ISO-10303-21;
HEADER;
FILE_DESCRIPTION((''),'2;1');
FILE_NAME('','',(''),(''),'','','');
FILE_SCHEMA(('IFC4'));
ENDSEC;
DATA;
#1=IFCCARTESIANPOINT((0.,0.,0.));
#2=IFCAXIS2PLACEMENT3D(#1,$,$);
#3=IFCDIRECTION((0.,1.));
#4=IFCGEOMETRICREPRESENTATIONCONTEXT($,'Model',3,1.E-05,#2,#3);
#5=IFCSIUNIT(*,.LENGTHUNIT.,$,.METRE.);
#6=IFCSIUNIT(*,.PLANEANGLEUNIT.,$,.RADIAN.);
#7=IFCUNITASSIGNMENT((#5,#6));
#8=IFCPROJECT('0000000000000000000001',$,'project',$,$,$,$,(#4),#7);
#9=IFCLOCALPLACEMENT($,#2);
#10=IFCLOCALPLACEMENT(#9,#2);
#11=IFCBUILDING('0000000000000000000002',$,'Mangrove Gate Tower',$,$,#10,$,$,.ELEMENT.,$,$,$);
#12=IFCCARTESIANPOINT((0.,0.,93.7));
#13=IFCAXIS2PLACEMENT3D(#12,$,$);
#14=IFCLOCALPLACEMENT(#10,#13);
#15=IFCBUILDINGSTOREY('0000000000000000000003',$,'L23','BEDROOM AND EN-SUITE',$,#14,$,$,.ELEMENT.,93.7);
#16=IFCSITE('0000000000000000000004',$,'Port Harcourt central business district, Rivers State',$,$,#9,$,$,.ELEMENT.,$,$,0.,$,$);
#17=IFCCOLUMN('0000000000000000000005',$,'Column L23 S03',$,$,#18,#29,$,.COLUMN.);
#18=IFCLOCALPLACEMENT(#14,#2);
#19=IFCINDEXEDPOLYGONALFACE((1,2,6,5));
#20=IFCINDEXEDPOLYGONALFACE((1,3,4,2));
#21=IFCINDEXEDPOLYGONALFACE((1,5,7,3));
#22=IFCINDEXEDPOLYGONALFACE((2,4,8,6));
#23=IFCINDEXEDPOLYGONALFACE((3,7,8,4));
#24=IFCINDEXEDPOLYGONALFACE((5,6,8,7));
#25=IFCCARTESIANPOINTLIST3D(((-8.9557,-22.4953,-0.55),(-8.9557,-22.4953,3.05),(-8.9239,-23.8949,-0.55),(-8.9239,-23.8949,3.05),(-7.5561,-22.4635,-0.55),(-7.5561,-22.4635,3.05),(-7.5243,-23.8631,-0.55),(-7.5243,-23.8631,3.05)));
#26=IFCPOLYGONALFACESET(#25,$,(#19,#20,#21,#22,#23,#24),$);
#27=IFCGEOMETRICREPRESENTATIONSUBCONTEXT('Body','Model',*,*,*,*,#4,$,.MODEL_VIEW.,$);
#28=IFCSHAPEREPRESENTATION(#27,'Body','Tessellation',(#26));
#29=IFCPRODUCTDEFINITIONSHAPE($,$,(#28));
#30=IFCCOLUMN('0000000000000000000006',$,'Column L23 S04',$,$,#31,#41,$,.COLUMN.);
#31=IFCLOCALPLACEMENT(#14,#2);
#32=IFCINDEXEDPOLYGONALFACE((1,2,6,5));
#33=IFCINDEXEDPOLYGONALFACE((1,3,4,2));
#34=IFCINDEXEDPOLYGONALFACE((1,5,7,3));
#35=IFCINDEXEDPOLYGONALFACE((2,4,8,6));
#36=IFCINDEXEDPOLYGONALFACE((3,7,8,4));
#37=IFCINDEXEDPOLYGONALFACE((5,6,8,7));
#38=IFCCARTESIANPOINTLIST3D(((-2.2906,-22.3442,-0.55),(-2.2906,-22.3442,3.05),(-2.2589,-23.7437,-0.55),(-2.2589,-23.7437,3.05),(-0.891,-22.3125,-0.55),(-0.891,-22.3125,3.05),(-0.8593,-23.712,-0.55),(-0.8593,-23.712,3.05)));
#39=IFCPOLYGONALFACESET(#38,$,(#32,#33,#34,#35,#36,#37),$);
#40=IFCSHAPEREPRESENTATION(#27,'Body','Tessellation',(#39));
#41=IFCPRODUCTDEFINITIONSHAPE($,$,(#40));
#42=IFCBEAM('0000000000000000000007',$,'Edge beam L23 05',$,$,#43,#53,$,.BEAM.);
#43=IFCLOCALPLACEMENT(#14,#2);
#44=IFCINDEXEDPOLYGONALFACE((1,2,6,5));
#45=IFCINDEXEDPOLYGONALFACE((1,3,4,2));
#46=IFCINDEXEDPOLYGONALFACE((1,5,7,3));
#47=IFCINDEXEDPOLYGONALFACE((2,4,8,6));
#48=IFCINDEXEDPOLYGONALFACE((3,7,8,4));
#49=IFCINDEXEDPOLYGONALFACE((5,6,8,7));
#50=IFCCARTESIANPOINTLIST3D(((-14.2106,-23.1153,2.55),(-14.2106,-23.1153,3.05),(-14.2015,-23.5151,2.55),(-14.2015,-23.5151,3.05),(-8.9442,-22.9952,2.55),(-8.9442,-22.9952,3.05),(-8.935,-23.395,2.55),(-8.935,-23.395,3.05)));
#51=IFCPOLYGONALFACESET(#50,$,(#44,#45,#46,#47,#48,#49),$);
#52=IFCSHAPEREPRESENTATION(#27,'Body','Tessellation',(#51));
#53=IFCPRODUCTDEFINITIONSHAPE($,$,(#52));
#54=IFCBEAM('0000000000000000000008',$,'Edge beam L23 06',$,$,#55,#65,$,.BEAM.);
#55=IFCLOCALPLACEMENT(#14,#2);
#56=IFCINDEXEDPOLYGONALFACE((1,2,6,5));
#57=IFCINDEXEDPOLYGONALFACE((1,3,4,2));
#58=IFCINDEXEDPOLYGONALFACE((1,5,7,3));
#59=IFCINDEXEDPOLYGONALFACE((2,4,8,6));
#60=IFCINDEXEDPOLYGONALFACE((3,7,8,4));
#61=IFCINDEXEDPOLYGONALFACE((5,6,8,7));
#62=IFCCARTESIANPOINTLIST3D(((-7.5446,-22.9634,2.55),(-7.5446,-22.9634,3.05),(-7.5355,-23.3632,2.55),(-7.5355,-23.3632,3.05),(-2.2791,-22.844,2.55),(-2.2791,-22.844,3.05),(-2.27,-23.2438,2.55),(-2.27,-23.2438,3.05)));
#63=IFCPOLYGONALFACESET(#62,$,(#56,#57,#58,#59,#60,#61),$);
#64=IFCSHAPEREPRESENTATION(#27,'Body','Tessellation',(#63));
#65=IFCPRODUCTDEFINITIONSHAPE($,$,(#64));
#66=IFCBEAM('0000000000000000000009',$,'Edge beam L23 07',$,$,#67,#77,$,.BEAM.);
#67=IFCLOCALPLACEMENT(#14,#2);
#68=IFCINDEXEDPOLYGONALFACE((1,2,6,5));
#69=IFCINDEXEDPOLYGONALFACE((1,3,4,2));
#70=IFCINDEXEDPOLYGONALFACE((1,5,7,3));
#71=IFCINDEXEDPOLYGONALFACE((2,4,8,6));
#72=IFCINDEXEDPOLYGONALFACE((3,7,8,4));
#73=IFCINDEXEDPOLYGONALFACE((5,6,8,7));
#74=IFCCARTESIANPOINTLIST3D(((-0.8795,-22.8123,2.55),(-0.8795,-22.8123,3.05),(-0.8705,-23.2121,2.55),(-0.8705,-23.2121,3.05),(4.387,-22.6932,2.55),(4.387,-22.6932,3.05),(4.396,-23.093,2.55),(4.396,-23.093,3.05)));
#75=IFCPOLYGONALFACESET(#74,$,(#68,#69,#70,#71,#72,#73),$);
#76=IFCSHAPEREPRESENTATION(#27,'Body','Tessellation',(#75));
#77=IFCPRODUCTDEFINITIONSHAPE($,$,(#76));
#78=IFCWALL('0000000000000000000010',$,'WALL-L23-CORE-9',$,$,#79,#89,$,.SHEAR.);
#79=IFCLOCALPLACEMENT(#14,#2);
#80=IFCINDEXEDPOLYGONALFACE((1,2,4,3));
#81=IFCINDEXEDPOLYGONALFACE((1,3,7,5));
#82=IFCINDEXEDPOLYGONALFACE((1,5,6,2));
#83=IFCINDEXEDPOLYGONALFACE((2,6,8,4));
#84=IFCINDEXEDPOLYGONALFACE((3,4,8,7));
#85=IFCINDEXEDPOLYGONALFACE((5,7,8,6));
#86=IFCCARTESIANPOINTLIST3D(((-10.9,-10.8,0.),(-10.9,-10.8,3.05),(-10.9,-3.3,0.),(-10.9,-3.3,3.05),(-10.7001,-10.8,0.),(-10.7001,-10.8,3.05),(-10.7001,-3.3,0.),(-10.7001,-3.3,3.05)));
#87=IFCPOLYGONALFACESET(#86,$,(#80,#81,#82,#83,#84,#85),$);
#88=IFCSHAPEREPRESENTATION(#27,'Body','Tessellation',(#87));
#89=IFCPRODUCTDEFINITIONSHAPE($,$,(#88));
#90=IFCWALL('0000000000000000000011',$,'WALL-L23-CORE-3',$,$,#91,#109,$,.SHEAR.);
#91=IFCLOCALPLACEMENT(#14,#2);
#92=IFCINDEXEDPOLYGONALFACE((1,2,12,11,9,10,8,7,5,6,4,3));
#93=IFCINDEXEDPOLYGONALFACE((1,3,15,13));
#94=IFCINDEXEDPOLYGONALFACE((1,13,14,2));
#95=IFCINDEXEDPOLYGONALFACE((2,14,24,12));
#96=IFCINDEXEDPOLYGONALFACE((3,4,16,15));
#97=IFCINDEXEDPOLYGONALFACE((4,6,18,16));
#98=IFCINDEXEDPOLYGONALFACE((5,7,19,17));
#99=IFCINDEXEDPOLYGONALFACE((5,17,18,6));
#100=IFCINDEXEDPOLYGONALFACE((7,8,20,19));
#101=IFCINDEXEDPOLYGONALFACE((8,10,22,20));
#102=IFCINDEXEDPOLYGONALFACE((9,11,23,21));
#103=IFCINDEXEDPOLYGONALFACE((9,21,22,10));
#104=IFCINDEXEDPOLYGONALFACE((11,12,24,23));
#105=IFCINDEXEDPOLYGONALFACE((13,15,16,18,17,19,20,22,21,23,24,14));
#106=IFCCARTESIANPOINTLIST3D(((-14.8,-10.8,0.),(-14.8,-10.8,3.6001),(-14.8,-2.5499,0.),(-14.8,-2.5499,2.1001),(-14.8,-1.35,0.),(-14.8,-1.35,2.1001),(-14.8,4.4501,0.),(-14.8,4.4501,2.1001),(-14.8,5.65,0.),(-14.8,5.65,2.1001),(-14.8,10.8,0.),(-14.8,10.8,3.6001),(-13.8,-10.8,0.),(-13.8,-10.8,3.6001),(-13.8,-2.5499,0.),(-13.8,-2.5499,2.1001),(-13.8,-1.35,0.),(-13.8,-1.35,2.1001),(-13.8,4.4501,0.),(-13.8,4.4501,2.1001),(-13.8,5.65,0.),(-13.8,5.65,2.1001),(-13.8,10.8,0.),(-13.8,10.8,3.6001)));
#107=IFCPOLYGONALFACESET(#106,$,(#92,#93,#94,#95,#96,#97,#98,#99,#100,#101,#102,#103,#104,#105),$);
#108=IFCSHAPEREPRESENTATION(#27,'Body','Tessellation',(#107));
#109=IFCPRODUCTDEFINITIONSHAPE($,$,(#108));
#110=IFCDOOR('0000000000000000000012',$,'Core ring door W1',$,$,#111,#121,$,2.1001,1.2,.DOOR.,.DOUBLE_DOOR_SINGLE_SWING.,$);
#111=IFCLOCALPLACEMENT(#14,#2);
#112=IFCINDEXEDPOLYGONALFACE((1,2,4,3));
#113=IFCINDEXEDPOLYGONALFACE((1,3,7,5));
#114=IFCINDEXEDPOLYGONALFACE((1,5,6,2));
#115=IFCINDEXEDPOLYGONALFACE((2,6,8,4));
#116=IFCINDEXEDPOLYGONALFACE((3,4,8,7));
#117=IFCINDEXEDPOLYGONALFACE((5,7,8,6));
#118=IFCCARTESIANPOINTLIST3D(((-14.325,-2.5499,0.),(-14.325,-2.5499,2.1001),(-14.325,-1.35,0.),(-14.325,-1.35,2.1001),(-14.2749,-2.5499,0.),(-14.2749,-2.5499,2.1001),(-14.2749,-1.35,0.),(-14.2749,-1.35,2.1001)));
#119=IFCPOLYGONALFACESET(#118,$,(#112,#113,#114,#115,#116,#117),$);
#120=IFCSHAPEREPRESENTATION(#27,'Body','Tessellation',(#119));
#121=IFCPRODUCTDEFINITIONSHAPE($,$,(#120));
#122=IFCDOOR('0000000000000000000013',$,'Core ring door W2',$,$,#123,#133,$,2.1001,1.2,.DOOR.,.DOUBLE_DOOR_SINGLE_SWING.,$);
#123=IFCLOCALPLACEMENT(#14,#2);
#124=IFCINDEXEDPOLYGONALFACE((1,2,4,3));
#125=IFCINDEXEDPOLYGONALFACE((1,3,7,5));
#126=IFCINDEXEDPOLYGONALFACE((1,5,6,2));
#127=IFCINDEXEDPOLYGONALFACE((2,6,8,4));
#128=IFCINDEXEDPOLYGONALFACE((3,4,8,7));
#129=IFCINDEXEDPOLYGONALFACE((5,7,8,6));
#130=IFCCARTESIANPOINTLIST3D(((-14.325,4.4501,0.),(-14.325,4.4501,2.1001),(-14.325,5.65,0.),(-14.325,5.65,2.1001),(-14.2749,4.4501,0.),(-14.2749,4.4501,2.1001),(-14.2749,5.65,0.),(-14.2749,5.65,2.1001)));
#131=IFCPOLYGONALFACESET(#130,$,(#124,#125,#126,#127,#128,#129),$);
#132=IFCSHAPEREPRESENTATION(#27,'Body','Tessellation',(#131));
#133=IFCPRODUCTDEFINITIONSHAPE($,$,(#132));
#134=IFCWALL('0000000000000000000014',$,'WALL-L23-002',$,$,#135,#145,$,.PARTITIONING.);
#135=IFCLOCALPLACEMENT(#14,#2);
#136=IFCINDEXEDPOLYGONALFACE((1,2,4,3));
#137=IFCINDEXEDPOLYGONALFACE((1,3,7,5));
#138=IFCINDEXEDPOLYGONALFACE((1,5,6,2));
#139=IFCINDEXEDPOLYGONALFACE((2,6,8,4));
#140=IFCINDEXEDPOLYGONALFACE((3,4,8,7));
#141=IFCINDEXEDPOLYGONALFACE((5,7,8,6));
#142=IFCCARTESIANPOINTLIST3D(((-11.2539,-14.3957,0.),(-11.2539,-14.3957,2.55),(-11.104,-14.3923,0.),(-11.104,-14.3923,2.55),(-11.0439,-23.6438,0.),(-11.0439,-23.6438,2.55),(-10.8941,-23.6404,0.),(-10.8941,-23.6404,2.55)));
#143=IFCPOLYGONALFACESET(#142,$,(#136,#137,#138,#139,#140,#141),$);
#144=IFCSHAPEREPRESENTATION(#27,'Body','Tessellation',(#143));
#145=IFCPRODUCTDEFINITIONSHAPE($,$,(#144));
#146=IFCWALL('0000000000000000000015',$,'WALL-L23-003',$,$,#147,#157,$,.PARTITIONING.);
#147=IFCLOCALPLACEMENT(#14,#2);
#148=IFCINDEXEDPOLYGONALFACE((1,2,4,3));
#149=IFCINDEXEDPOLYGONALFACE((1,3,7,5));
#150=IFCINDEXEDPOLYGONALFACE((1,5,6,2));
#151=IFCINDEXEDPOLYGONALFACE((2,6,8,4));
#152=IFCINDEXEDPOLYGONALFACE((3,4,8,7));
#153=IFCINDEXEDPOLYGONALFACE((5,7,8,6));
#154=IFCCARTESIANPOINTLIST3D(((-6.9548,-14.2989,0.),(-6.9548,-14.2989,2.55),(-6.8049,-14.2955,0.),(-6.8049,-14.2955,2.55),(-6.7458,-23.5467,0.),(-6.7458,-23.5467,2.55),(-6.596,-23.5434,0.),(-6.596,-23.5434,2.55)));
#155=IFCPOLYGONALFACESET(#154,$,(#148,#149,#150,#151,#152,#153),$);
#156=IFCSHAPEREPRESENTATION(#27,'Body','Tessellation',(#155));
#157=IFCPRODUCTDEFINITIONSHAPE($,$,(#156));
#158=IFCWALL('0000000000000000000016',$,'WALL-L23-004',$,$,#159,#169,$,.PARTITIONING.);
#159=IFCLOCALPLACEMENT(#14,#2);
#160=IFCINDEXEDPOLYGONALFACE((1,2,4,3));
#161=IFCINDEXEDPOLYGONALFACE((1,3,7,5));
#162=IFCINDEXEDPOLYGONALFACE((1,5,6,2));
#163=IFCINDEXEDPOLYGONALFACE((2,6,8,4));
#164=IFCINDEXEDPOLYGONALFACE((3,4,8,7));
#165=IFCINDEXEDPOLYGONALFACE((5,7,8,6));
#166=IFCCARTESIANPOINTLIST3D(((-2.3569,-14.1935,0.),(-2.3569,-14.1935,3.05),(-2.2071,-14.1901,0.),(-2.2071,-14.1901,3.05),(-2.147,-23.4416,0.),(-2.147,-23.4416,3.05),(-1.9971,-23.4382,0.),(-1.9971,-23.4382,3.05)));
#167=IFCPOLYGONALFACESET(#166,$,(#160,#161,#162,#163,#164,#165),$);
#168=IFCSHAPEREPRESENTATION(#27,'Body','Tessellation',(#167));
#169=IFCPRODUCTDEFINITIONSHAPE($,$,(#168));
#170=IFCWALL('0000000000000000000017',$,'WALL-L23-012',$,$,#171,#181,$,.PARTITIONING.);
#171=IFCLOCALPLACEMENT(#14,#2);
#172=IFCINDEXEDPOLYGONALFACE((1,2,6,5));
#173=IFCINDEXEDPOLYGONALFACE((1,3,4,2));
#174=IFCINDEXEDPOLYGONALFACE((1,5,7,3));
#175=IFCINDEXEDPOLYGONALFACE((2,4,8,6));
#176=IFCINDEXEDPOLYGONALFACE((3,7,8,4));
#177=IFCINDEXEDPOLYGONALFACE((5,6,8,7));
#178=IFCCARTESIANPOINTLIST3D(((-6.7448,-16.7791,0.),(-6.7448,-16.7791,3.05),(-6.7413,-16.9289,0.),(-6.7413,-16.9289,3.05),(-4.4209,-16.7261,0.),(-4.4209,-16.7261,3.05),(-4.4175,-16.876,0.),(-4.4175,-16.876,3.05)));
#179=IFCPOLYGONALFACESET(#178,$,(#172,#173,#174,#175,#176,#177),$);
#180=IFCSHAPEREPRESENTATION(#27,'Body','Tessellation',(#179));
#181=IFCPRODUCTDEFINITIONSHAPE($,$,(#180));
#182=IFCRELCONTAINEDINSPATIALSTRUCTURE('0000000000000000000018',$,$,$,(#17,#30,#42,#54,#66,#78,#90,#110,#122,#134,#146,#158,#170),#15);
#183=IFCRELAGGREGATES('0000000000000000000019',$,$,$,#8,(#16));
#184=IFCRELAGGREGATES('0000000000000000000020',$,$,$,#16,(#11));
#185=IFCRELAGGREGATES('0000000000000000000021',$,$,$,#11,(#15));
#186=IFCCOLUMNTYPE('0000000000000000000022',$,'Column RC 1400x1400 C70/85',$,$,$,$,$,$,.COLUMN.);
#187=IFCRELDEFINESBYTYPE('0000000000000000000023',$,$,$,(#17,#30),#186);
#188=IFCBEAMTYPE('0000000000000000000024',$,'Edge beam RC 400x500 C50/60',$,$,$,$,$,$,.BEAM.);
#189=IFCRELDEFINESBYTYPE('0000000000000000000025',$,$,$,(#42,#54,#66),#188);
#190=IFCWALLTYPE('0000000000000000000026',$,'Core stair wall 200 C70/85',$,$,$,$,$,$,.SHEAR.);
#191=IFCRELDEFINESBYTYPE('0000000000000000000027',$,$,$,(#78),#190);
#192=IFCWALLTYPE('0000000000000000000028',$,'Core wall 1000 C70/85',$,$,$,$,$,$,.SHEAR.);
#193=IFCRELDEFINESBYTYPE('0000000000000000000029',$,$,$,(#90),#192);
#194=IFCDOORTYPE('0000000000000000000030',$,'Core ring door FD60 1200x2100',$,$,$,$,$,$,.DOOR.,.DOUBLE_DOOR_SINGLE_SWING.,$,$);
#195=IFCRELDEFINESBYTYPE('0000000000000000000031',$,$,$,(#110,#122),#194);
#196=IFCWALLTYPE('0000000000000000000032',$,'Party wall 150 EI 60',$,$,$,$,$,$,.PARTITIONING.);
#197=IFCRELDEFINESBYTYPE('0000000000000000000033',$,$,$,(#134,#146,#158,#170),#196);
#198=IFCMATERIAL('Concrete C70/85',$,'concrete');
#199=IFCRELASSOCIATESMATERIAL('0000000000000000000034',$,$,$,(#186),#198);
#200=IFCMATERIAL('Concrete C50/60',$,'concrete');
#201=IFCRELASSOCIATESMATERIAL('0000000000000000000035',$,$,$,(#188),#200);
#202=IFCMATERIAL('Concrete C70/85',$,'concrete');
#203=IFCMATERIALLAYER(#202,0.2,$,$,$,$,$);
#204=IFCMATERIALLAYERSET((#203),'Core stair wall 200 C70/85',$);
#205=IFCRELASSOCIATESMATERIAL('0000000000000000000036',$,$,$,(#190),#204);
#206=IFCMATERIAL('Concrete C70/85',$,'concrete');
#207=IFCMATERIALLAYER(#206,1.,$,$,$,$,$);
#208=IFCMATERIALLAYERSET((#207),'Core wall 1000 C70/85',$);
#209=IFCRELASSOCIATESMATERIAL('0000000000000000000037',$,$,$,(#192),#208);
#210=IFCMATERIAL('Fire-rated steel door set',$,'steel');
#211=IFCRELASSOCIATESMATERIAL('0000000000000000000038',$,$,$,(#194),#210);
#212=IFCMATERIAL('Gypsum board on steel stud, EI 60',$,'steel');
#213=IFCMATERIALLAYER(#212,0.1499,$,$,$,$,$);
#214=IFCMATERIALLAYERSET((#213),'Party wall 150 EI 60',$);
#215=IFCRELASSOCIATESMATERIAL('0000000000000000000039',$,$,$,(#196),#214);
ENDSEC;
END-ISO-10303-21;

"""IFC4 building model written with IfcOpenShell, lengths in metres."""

from ifc_helpers import new_model, si_unit, direction, frame, frame_2d, origin, origin_2d, place, context, subcontext, project, spatial, rectangle, extrude, material, layer, layer_set, material_profile, profile_set, type_object, element, fill, save


model = new_model("IFC4")

# Units and contexts
model_context = context("Model", 3, precision=1e-05, world=origin(), true_north=direction((0.0, 1.0)))
body_context = subcontext(model_context, "Body", "Model", "MODEL_VIEW")
ifc_project = project(units=[si_unit("LENGTHUNIT", "METRE"), si_unit("PLANEANGLEUNIT", "RADIAN")], contexts=[model_context])

# Site, building, storey
site_placement = place(None, origin())
site = spatial("IfcSite", under=ifc_project, at=site_placement, Name="Port Harcourt central business district, Rivers State", CompositionType="ELEMENT", RefElevation=0.0)
building_placement = place(site_placement, origin())
building = spatial("IfcBuilding", under=site, at=building_placement, Name="Mangrove Gate Tower", CompositionType="ELEMENT")
storey_placement = place(building_placement, frame((0.0, 0.0, 93.7)))
storey = spatial("IfcBuildingStorey", under=building, at=storey_placement, Name="L23", Description="BEDROOM AND EN-SUITE", CompositionType="ELEMENT", Elevation=93.7)

# Columns
ifc_material_1 = material(Name="Concrete C70/85", Category="concrete")
ifc_material_profile_1 = material_profile(ifc_material_1, rectangle(XDim=1.3999, YDim=1.3999, at=origin_2d()))
ifc_profile_set_1 = profile_set([ifc_material_profile_1], Name="Concrete C70/85")
column_type = type_object("IfcColumnType", Name="Column RC 1400x1400 C70/85", PredefinedType="COLUMN", material=ifc_profile_set_1)
for number, where, z_axis, x_axis, name in (
    (1, (-8.24, -23.1792, -0.55), (0.0, 0.0, 1.0), (0.999742, 0.022723, 0.0), "Column L23 S03"),
    (2, (-1.575, -23.0281, -0.55), (0.0, 0.0, 1.0), (0.999743, 0.022648, 0.0), "Column L23 S04"),
):
    element("IfcColumn", number, at=place(storey_placement, frame(where, z_axis=z_axis, x_axis=x_axis)), inside=storey, type_object=column_type, Name=name, PredefinedType="COLUMN", context=body_context, shape_type="SweptSolid", body=[
        extrude(rectangle(XDim=1.3999, YDim=1.3999, at=origin_2d()), origin(), (0.0, 0.0, 1.0), 3.6001),
    ])

# Beams
ifc_material_2 = material(Name="Concrete C50/60", Category="concrete")
ifc_material_profile_2 = material_profile(ifc_material_2, rectangle(XDim=0.3999, YDim=0.5, at=origin_2d()))
ifc_profile_set_2 = profile_set([ifc_material_profile_2], Name="Concrete C50/60")
beam_type = type_object("IfcBeamType", Name="Edge beam RC 400x500 C50/60", PredefinedType="BEAM", material=ifc_profile_set_2)
beam_1_placement = place(storey_placement, frame((-14.2061, -23.3152, 2.8), z_axis=(0.99974, 0.022802, 0.0), x_axis=(-0.022802, 0.99974, 0.0)))
element("IfcBeam", 3, at=beam_1_placement, inside=storey, type_object=beam_type, Name="Edge beam L23 05", PredefinedType="BEAM", context=body_context, shape_type="SweptSolid", body=[
    extrude(rectangle(XDim=0.3999, YDim=0.5, at=origin_2d()), origin(), (0.0, 0.0, 1.0), 5.2678),
])
beam_2_placement = place(storey_placement, frame((-7.54, -23.1633, 2.8), z_axis=(0.999743, 0.022668, 0.0), x_axis=(-0.022668, 0.999743, 0.0)))
element("IfcBeam", 4, at=beam_2_placement, inside=storey, type_object=beam_type, Name="Edge beam L23 06", PredefinedType="BEAM", context=body_context, shape_type="SweptSolid", body=[
    extrude(rectangle(XDim=0.3999, YDim=0.5, at=origin_2d()), origin(), (0.0, 0.0, 1.0), 5.2668),
])
beam_3_placement = place(storey_placement, frame((-0.875, -23.0122, 2.8), z_axis=(0.999744, 0.022617, 0.0), x_axis=(-0.022617, 0.999744, 0.0)))
element("IfcBeam", 5, at=beam_3_placement, inside=storey, type_object=beam_type, Name="Edge beam L23 07", PredefinedType="BEAM", context=body_context, shape_type="SweptSolid", body=[
    extrude(rectangle(XDim=0.3999, YDim=0.5, at=origin_2d()), origin(), (0.0, 0.0, 1.0), 5.2678),
])

# Wall
ifc_material_3 = material(Name="Concrete C70/85", Category="concrete")
ifc_layer_1 = layer(ifc_material_3, 0.2)
ifc_layer_set_1 = layer_set([ifc_layer_1], Name="Core stair wall 200 C70/85")
wall_type_1 = type_object("IfcWallType", Name="Core stair wall 200 C70/85", PredefinedType="SHEAR", material=ifc_layer_set_1)
wall_1_placement = place(storey_placement, frame((-10.8, -10.8, 0.0), z_axis=(0.0, 0.0, 1.0), x_axis=(0.0, 1.0, 0.0)))
element("IfcWall", 6, at=wall_1_placement, inside=storey, type_object=wall_type_1, Name="WALL-L23-CORE-9", PredefinedType="SHEAR", context=body_context, shape_type="SweptSolid", body=[
    extrude(rectangle(XDim=7.5, YDim=0.2, at=frame_2d((3.75, 0.0))), origin(), (0.0, 0.0, 1.0), 3.05),
])

# Wall, openings, doors
ifc_material_4 = material(Name="Concrete C70/85", Category="concrete")
ifc_layer_2 = layer(ifc_material_4, 1.0)
ifc_layer_set_2 = layer_set([ifc_layer_2], Name="Core wall 1000 C70/85")
wall_type_2 = type_object("IfcWallType", Name="Core wall 1000 C70/85", PredefinedType="SHEAR", material=ifc_layer_set_2)
wall_2_placement = place(storey_placement, frame((-14.3, -10.8, 0.0), z_axis=(0.0, 0.0, 1.0), x_axis=(0.0, 1.0, 0.0)))
wall_2 = element("IfcWall", 7, at=wall_2_placement, inside=storey, type_object=wall_type_2, Name="WALL-L23-CORE-3", PredefinedType="SHEAR", context=body_context, shape_type="SweptSolid", body=[
    extrude(rectangle(XDim=21.6001, YDim=1.0, at=frame_2d((10.8, 0.0))), origin(), (0.0, 0.0, 1.0), 3.6001),
])
opening_1_placement = place(wall_2_placement, frame((8.25, 0.0, 0.0)))
opening_1 = element("IfcOpeningElement", 8, at=opening_1_placement, cuts=wall_2, PredefinedType="OPENING", context=body_context, shape_type="SweptSolid", body=[
    extrude(rectangle(XDim=1.2, YDim=2.1001, at=frame_2d((0.6001, 1.05))), frame((0.0, 0.51, 0.0), z_axis=(0.0, -1.0, 0.0), x_axis=(1.0, 0.0, 0.0)), (0.0, 0.0, 1.0), 1.02),
])
opening_2_placement = place(wall_2_placement, frame((15.25, 0.0, 0.0)))
opening_2 = element("IfcOpeningElement", 9, at=opening_2_placement, cuts=wall_2, PredefinedType="OPENING", context=body_context, shape_type="SweptSolid", body=[
    extrude(rectangle(XDim=1.2, YDim=2.1001, at=frame_2d((0.6001, 1.05))), frame((0.0, 0.51, 0.0), z_axis=(0.0, -1.0, 0.0), x_axis=(1.0, 0.0, 0.0)), (0.0, 0.0, 1.0), 1.02),
])
ifc_material_5 = material(Name="Fire-rated steel door set", Category="steel")
door_type_1 = type_object("IfcDoorType", Name="Core ring door FD60 1200x2100", OperationType="DOUBLE_DOOR_SINGLE_SWING", PredefinedType="DOOR", material=ifc_material_5)
door_1_placement = place(opening_1_placement, origin())
door_1 = element("IfcDoor", 10, at=door_1_placement, inside=storey, type_object=door_type_1, Name="Core ring door W1", OperationType="DOUBLE_DOOR_SINGLE_SWING", OverallHeight=2.1001, OverallWidth=1.2, PredefinedType="DOOR", context=body_context, shape_type="SweptSolid", body=[
    extrude(rectangle(XDim=1.2, YDim=2.1001, at=frame_2d((0.6001, 1.05))), frame((0.0, 0.0249, 0.0), z_axis=(0.0, -1.0, 0.0), x_axis=(1.0, 0.0, 0.0)), (0.0, 0.0, 1.0), 0.05),
])
fill(opening_1, door_1)
door_2_placement = place(opening_2_placement, origin())
door_2 = element("IfcDoor", 11, at=door_2_placement, inside=storey, type_object=door_type_1, Name="Core ring door W2", OperationType="DOUBLE_DOOR_SINGLE_SWING", OverallHeight=2.1001, OverallWidth=1.2, PredefinedType="DOOR", context=body_context, shape_type="SweptSolid", body=[
    extrude(rectangle(XDim=1.2, YDim=2.1001, at=frame_2d((0.6001, 1.05))), frame((0.0, 0.0249, 0.0), z_axis=(0.0, -1.0, 0.0), x_axis=(1.0, 0.0, 0.0)), (0.0, 0.0, 1.0), 0.05),
])
fill(opening_2, door_2)

# Walls
ifc_material_6 = material(Name="Gypsum board on steel stud, EI 60", Category="steel")
ifc_layer_3 = layer(ifc_material_6, 0.1499)
ifc_layer_set_3 = layer_set([ifc_layer_3], Name="Party wall 150 EI 60")
wall_type_3 = type_object("IfcWallType", Name="Party wall 150 EI 60", PredefinedType="PARTITIONING", material=ifc_layer_set_3)
wall_3_placement = place(storey_placement, frame((-10.969, -23.6421, 0.0), z_axis=(0.0, 0.0, 1.0), x_axis=(-0.022697, 0.999742, 0.0)))
element("IfcWall", 12, at=wall_3_placement, inside=storey, type_object=wall_type_3, Name="WALL-L23-002", PredefinedType="PARTITIONING", context=body_context, shape_type="SweptSolid", body=[
    extrude(rectangle(XDim=9.2505, YDim=0.1499, at=frame_2d((4.6252, 0.0))), origin(), (0.0, 0.0, 1.0), 2.55),
])
wall_4_placement = place(storey_placement, frame((-6.6709, -23.5449, 0.0), z_axis=(0.0, 0.0, 1.0), x_axis=(-0.022593, 0.999745, 0.0)))
element("IfcWall", 13, at=wall_4_placement, inside=storey, type_object=wall_type_3, Name="WALL-L23-003", PredefinedType="PARTITIONING", context=body_context, shape_type="SweptSolid", body=[
    extrude(rectangle(XDim=9.2502, YDim=0.1499, at=frame_2d((4.625, 0.0))), origin(), (0.0, 0.0, 1.0), 2.55),
])
wall_5_placement = place(storey_placement, frame((-2.072, -23.4399, 0.0), z_axis=(0.0, 0.0, 1.0), x_axis=(-0.022697, 0.999742, 0.0)))
element("IfcWall", 14, at=wall_5_placement, inside=storey, type_object=wall_type_3, Name="WALL-L23-004", PredefinedType="PARTITIONING", context=body_context, shape_type="SweptSolid", body=[
    extrude(rectangle(XDim=9.2505, YDim=0.1499, at=frame_2d((4.6252, 0.0))), origin(), (0.0, 0.0, 1.0), 3.05),
])
wall_6_placement = place(storey_placement, frame((-6.7429, -16.854, 0.0), z_axis=(0.0, 0.0, 1.0), x_axis=(0.99974, 0.022791, 0.0)))
element("IfcWall", 15, at=wall_6_placement, inside=storey, type_object=wall_type_3, Name="WALL-L23-012", PredefinedType="PARTITIONING", context=body_context, shape_type="SweptSolid", body=[
    extrude(rectangle(XDim=2.3245, YDim=0.1499, at=frame_2d((1.1621, 0.0))), origin(), (0.0, 0.0, 1.0), 3.05),
])

save(model, "model.ifc")
